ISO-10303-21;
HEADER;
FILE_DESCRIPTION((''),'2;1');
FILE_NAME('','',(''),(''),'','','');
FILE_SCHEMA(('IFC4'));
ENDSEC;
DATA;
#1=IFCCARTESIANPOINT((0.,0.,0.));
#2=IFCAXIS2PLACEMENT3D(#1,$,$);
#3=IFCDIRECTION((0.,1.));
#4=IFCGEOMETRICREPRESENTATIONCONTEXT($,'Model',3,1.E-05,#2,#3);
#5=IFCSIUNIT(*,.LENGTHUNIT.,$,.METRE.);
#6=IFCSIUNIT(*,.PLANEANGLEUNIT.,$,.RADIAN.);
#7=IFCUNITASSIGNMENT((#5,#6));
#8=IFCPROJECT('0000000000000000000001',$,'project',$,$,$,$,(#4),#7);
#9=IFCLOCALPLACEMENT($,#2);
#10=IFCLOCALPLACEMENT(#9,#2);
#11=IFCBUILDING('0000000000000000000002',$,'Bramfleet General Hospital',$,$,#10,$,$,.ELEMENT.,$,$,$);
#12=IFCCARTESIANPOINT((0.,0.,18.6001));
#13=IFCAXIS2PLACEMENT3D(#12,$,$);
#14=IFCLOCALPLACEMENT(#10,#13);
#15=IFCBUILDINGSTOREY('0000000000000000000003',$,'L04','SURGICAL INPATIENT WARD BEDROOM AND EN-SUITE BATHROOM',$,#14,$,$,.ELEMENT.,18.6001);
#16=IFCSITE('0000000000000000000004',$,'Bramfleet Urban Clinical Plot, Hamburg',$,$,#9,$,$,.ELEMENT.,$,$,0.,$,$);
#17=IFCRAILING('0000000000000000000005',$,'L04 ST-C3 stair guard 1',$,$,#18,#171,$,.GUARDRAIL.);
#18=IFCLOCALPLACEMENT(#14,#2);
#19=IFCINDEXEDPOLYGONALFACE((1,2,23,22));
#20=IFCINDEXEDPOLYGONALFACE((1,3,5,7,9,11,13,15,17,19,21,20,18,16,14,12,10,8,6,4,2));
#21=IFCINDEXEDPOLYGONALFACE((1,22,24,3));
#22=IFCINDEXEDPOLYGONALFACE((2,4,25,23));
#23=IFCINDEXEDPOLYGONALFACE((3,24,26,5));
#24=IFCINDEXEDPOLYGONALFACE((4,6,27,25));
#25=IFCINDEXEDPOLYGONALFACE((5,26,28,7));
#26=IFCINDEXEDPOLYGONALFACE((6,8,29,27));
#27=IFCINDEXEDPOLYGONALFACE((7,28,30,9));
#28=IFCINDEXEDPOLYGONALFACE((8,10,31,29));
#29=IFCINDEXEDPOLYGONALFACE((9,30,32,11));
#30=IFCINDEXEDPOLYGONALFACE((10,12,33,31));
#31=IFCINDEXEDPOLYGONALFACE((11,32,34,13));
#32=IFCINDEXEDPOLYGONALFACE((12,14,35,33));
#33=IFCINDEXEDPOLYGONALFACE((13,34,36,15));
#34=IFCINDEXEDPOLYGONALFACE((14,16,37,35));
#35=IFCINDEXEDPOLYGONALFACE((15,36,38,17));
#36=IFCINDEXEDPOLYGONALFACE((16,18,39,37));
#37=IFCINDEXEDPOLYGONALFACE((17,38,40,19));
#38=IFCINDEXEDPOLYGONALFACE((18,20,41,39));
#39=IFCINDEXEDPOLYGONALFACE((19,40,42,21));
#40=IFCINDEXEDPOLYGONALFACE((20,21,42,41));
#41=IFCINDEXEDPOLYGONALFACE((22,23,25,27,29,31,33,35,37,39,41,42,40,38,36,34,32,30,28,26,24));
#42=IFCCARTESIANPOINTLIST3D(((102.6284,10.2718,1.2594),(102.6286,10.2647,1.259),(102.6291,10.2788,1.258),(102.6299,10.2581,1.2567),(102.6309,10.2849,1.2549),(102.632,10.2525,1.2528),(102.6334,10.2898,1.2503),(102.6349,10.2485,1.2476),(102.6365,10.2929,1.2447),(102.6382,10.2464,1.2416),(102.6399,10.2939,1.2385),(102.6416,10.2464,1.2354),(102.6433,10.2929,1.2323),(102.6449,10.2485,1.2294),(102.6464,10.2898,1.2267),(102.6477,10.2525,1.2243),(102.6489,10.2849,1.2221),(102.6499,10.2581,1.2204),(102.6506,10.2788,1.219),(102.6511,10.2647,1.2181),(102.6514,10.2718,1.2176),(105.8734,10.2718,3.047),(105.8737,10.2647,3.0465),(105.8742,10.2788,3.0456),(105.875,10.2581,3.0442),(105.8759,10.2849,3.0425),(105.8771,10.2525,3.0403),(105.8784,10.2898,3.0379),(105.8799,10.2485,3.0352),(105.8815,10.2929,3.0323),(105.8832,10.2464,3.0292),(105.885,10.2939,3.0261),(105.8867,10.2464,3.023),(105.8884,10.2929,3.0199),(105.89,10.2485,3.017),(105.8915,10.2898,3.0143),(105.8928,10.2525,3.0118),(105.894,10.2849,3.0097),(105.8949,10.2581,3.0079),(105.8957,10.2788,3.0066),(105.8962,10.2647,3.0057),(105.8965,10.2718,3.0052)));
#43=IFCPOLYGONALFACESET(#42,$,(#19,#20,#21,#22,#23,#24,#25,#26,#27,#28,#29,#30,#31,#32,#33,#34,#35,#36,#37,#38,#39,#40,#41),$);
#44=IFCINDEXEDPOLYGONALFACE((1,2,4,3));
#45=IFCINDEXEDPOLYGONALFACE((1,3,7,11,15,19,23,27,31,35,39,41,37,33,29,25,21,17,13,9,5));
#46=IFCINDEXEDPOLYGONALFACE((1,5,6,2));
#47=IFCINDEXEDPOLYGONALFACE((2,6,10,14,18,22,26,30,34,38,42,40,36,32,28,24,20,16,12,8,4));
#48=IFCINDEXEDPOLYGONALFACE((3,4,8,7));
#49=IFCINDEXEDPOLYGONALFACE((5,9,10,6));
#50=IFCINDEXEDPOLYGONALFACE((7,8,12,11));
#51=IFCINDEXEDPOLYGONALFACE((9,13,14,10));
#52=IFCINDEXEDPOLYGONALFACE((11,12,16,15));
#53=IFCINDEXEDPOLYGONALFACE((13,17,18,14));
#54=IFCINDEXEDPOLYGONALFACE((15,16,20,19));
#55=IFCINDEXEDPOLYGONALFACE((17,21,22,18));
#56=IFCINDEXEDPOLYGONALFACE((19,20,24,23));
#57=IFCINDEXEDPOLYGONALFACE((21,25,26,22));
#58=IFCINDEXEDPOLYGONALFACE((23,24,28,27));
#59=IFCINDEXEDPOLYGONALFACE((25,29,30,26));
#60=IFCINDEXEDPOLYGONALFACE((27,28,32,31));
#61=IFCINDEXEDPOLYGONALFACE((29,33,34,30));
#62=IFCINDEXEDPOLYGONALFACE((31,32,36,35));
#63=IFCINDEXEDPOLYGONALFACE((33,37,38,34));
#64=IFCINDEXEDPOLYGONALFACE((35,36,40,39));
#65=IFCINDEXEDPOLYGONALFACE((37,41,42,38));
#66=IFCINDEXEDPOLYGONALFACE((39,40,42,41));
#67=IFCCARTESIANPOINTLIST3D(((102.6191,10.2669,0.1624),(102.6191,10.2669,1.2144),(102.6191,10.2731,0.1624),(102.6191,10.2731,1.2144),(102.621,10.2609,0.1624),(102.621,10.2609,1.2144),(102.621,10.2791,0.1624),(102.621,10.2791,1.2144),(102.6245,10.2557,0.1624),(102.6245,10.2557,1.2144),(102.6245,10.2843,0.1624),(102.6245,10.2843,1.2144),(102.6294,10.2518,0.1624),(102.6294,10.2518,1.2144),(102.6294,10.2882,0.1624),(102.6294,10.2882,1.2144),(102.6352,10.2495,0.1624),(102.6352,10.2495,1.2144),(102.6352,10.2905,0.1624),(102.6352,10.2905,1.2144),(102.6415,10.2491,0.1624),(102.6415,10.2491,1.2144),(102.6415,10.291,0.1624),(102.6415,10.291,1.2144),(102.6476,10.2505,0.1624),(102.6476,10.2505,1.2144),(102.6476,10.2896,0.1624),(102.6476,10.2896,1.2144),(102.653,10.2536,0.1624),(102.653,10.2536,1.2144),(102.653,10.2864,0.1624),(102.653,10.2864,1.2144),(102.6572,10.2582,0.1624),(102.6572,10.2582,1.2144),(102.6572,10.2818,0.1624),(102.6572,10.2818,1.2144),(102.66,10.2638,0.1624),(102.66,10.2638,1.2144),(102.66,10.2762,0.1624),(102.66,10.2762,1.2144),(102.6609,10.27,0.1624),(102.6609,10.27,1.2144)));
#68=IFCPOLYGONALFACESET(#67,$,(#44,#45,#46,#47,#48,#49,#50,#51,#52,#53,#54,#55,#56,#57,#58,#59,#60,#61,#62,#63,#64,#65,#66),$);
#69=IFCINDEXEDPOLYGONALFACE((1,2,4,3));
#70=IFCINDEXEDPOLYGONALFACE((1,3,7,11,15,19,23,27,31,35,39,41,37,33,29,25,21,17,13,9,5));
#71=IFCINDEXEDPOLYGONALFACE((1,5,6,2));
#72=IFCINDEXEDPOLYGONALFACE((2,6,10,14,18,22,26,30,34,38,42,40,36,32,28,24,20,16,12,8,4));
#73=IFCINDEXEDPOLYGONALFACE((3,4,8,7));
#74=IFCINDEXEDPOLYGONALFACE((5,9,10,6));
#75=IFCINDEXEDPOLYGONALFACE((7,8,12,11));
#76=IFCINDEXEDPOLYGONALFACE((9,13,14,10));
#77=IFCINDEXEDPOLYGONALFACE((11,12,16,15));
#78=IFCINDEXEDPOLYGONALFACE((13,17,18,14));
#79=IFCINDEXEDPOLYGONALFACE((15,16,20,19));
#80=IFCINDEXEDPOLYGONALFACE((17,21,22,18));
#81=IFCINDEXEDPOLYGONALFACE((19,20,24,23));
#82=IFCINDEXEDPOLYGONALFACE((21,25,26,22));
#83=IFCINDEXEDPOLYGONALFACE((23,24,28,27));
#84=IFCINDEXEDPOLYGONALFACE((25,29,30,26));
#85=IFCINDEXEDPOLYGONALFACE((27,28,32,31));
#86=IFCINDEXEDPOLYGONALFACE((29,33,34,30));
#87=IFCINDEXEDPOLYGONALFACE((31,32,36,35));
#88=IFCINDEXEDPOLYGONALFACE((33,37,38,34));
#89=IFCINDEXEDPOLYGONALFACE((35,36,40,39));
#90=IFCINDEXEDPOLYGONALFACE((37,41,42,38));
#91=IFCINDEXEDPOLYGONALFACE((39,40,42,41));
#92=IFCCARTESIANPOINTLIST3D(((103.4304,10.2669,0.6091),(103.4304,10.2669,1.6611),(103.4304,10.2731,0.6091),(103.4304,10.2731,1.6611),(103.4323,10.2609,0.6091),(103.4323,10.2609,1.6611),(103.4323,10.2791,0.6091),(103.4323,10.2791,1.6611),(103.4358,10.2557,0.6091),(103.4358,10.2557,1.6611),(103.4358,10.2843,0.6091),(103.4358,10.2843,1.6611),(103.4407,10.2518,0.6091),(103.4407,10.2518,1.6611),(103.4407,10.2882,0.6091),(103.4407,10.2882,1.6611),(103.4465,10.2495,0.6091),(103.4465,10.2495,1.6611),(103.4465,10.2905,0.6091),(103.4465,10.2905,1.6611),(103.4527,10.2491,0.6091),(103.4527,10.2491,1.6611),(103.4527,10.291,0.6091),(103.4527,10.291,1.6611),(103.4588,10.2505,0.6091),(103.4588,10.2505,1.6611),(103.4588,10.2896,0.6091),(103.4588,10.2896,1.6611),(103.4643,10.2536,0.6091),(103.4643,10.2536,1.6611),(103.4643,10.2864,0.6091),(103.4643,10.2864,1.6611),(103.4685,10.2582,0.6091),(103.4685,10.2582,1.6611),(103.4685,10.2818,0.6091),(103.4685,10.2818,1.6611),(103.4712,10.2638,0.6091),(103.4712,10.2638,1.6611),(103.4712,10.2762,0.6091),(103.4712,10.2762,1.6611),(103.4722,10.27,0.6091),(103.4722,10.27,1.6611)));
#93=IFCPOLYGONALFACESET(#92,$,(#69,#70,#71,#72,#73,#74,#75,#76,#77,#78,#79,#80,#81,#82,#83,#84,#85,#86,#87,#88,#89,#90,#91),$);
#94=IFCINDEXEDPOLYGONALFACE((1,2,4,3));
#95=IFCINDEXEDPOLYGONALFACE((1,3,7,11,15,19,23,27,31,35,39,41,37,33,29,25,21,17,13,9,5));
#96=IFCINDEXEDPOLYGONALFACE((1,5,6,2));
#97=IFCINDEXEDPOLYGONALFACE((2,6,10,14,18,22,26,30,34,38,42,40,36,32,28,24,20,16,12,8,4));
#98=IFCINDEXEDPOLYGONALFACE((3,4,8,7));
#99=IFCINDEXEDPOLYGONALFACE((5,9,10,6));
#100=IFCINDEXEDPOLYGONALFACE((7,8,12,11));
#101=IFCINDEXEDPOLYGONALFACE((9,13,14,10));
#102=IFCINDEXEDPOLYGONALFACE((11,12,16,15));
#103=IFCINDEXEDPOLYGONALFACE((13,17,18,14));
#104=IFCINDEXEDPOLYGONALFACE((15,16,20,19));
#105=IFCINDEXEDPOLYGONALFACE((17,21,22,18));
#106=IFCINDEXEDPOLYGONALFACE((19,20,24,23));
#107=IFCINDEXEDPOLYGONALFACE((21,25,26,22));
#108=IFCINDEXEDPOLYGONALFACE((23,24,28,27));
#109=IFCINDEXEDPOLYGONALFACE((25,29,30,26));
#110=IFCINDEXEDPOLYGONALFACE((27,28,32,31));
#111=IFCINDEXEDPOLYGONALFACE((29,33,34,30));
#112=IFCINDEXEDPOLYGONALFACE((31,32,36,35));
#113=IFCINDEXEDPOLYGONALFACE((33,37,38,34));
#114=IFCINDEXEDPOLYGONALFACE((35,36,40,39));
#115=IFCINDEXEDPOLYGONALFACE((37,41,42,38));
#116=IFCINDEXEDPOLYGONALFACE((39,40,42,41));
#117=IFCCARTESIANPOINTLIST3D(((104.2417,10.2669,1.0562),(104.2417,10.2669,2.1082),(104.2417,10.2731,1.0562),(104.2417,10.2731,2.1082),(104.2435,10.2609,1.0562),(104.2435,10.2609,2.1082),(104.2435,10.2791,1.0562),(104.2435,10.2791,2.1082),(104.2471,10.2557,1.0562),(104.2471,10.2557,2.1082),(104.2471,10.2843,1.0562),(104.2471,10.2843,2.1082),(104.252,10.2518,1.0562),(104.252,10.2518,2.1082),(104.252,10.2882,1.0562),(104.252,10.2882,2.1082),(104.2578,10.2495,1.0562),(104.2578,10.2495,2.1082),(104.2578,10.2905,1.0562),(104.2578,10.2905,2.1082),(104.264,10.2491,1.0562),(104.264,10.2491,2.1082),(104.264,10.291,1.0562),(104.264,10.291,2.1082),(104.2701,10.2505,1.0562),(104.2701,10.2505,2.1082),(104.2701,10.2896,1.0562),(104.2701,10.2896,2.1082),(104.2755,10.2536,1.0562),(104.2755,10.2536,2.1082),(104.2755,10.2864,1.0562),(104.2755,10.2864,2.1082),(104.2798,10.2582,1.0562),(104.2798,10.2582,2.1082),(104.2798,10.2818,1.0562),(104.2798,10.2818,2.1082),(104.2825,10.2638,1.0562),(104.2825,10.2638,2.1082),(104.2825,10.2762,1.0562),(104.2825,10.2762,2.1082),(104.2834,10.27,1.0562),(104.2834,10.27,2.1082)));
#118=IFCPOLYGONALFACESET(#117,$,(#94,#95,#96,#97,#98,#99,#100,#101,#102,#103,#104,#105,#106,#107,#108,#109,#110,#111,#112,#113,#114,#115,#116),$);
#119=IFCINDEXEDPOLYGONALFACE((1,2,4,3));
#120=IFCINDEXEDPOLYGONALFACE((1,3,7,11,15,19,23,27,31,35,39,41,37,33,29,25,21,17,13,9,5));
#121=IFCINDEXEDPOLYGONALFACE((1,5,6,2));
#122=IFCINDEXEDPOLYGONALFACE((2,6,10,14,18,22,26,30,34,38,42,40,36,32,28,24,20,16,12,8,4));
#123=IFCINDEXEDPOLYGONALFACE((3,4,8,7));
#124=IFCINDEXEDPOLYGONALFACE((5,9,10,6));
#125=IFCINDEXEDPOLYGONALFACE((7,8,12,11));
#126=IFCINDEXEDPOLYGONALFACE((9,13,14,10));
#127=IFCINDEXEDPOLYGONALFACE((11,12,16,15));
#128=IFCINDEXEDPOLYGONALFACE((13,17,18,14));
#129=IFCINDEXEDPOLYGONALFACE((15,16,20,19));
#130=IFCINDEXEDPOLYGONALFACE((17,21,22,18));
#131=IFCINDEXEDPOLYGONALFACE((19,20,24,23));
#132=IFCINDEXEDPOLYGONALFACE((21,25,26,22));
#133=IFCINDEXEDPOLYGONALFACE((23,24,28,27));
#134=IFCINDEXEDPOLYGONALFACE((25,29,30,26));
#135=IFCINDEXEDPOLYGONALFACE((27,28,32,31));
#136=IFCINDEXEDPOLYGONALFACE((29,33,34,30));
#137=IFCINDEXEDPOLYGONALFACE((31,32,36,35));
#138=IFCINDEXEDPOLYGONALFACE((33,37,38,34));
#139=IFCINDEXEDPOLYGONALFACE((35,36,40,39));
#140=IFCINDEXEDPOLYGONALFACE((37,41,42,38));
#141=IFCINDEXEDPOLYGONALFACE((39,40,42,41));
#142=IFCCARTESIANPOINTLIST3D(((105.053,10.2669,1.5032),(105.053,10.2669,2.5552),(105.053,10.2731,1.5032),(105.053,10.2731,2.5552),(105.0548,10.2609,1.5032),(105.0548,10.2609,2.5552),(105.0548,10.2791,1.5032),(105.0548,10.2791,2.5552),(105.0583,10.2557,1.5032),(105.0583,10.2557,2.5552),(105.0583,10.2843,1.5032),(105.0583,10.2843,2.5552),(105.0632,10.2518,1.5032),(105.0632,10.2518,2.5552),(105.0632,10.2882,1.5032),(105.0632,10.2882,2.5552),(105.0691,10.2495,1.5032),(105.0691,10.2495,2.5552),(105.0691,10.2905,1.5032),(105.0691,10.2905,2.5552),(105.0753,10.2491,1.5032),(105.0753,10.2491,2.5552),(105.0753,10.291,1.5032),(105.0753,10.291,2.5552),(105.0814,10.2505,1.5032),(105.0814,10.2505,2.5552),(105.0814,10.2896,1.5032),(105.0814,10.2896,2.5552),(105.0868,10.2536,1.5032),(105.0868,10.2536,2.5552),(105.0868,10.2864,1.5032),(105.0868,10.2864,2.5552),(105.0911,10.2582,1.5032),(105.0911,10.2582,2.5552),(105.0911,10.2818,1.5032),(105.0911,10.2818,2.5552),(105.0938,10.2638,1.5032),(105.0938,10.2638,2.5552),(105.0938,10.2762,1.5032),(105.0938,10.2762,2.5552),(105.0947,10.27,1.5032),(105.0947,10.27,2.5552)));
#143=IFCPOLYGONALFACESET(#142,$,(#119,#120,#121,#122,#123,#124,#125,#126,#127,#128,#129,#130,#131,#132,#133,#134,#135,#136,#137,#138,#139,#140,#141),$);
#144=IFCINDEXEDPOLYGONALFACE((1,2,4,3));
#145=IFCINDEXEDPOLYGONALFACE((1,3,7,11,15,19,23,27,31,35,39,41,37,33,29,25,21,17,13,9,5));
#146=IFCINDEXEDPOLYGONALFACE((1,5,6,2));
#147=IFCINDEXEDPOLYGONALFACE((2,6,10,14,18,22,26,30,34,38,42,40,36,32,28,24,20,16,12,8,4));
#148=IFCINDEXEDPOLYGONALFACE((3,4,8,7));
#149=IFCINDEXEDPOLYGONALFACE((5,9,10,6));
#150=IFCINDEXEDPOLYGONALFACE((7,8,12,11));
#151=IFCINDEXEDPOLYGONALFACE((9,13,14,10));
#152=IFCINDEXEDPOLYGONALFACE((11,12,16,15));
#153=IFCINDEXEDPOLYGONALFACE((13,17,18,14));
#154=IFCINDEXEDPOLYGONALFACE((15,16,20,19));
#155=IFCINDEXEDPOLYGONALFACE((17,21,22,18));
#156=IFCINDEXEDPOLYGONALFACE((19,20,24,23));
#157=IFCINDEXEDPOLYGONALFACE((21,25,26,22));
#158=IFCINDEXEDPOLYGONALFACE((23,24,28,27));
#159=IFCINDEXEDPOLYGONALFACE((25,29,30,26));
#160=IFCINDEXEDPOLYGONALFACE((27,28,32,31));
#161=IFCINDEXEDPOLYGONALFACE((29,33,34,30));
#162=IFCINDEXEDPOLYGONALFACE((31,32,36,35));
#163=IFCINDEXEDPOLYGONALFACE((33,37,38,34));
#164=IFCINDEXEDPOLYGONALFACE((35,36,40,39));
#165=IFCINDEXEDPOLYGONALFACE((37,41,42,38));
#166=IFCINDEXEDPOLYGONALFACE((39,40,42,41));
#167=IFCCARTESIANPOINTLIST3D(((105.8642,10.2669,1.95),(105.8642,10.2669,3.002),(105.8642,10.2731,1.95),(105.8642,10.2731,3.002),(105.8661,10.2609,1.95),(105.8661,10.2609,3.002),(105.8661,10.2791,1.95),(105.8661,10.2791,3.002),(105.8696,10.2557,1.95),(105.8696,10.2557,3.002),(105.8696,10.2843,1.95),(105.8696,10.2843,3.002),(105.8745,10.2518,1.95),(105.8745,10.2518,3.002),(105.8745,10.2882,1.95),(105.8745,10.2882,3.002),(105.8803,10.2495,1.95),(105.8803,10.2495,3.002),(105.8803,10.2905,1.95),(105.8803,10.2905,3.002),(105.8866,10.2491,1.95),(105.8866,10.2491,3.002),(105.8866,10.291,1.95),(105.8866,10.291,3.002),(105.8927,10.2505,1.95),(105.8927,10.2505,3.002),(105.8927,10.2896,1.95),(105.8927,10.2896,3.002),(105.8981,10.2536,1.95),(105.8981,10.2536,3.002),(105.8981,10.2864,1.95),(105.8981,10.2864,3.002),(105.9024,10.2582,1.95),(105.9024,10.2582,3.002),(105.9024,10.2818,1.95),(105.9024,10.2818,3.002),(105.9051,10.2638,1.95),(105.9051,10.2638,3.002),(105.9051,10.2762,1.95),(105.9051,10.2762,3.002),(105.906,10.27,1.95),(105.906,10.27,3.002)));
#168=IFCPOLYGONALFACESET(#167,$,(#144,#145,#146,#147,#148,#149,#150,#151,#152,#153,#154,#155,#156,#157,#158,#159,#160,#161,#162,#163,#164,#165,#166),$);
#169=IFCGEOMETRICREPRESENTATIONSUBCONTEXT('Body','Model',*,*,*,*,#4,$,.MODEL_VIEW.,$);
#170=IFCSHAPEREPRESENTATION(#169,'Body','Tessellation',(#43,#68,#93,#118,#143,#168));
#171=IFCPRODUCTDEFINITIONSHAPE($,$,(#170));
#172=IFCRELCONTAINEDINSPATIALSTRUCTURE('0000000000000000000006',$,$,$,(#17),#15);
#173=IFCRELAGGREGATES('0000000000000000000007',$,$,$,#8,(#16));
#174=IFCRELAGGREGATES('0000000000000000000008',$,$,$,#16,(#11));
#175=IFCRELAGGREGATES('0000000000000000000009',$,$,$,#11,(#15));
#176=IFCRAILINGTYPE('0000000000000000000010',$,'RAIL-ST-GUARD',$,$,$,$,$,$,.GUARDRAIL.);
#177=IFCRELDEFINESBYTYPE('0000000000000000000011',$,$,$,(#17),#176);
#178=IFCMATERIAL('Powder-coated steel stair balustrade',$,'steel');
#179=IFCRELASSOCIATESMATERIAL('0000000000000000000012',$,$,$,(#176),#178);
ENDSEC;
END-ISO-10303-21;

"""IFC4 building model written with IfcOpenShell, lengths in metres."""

from ifc_helpers import new_model, si_unit, direction, frame, origin, origin_2d, place, context, subcontext, project, spatial, circle, extrude, material, type_object, element, save


model = new_model("IFC4")

# Units and contexts
model_context = context("Model", 3, precision=1e-05, world=origin(), true_north=direction((0.0, 1.0)))
body_context = subcontext(model_context, "Body", "Model", "MODEL_VIEW")
ifc_project = project(units=[si_unit("LENGTHUNIT", "METRE"), si_unit("PLANEANGLEUNIT", "RADIAN")], contexts=[model_context])

# Site, building, storey
site_placement = place(None, origin())
site = spatial("IfcSite", under=ifc_project, at=site_placement, Name="Bramfleet Urban Clinical Plot, Hamburg", CompositionType="ELEMENT", RefElevation=0.0)
building_placement = place(site_placement, origin())
building = spatial("IfcBuilding", under=site, at=building_placement, Name="Bramfleet General Hospital", CompositionType="ELEMENT")
storey_placement = place(building_placement, frame((0.0, 0.0, 18.6001)))
storey = spatial("IfcBuildingStorey", under=building, at=storey_placement, Name="L04", Description="SURGICAL INPATIENT WARD BEDROOM AND EN-SUITE BATHROOM", CompositionType="ELEMENT", Elevation=18.6001)

# Railing
ifc_material_1 = material(Name="Powder-coated steel stair balustrade", Category="steel")
railing_type_1 = type_object("IfcRailingType", Name="RAIL-ST-GUARD", PredefinedType="GUARDRAIL", material=ifc_material_1)
railing_1_placement = place(storey_placement, frame((102.6399, 10.27, 0.1624)))
element("IfcRailing", 1, at=railing_1_placement, inside=storey, type_object=railing_type_1, Name="L04 ST-C3 stair guard 1", PredefinedType="GUARDRAIL", context=body_context, shape_type="SweptSolid", body=[
    extrude(circle(Radius=0.0239, at=origin_2d()), frame((0.0, 0.0, 1.0762), z_axis=(0.875899, 0.0, 0.482495), x_axis=(0.0, 1.0, 0.0)), (0.0, 0.0, 1.0), 3.7048),
    extrude(circle(Radius=0.021, at=origin_2d()), origin(), (0.0, 0.0, 1.0), 1.052),
    extrude(circle(Radius=0.021, at=origin_2d()), frame((0.8113, 0.0, 0.4468)), (0.0, 0.0, 1.0), 1.052),
    extrude(circle(Radius=0.021, at=origin_2d()), frame((1.6226, 0.0, 0.8938)), (0.0, 0.0, 1.0), 1.052),
    extrude(circle(Radius=0.021, at=origin_2d()), frame((2.4338, 0.0, 1.3408)), (0.0, 0.0, 1.0), 1.052),
    extrude(circle(Radius=0.021, at=origin_2d()), frame((3.2451, 0.0, 1.7876)), (0.0, 0.0, 1.0), 1.052),
])

save(model, "model.ifc")
